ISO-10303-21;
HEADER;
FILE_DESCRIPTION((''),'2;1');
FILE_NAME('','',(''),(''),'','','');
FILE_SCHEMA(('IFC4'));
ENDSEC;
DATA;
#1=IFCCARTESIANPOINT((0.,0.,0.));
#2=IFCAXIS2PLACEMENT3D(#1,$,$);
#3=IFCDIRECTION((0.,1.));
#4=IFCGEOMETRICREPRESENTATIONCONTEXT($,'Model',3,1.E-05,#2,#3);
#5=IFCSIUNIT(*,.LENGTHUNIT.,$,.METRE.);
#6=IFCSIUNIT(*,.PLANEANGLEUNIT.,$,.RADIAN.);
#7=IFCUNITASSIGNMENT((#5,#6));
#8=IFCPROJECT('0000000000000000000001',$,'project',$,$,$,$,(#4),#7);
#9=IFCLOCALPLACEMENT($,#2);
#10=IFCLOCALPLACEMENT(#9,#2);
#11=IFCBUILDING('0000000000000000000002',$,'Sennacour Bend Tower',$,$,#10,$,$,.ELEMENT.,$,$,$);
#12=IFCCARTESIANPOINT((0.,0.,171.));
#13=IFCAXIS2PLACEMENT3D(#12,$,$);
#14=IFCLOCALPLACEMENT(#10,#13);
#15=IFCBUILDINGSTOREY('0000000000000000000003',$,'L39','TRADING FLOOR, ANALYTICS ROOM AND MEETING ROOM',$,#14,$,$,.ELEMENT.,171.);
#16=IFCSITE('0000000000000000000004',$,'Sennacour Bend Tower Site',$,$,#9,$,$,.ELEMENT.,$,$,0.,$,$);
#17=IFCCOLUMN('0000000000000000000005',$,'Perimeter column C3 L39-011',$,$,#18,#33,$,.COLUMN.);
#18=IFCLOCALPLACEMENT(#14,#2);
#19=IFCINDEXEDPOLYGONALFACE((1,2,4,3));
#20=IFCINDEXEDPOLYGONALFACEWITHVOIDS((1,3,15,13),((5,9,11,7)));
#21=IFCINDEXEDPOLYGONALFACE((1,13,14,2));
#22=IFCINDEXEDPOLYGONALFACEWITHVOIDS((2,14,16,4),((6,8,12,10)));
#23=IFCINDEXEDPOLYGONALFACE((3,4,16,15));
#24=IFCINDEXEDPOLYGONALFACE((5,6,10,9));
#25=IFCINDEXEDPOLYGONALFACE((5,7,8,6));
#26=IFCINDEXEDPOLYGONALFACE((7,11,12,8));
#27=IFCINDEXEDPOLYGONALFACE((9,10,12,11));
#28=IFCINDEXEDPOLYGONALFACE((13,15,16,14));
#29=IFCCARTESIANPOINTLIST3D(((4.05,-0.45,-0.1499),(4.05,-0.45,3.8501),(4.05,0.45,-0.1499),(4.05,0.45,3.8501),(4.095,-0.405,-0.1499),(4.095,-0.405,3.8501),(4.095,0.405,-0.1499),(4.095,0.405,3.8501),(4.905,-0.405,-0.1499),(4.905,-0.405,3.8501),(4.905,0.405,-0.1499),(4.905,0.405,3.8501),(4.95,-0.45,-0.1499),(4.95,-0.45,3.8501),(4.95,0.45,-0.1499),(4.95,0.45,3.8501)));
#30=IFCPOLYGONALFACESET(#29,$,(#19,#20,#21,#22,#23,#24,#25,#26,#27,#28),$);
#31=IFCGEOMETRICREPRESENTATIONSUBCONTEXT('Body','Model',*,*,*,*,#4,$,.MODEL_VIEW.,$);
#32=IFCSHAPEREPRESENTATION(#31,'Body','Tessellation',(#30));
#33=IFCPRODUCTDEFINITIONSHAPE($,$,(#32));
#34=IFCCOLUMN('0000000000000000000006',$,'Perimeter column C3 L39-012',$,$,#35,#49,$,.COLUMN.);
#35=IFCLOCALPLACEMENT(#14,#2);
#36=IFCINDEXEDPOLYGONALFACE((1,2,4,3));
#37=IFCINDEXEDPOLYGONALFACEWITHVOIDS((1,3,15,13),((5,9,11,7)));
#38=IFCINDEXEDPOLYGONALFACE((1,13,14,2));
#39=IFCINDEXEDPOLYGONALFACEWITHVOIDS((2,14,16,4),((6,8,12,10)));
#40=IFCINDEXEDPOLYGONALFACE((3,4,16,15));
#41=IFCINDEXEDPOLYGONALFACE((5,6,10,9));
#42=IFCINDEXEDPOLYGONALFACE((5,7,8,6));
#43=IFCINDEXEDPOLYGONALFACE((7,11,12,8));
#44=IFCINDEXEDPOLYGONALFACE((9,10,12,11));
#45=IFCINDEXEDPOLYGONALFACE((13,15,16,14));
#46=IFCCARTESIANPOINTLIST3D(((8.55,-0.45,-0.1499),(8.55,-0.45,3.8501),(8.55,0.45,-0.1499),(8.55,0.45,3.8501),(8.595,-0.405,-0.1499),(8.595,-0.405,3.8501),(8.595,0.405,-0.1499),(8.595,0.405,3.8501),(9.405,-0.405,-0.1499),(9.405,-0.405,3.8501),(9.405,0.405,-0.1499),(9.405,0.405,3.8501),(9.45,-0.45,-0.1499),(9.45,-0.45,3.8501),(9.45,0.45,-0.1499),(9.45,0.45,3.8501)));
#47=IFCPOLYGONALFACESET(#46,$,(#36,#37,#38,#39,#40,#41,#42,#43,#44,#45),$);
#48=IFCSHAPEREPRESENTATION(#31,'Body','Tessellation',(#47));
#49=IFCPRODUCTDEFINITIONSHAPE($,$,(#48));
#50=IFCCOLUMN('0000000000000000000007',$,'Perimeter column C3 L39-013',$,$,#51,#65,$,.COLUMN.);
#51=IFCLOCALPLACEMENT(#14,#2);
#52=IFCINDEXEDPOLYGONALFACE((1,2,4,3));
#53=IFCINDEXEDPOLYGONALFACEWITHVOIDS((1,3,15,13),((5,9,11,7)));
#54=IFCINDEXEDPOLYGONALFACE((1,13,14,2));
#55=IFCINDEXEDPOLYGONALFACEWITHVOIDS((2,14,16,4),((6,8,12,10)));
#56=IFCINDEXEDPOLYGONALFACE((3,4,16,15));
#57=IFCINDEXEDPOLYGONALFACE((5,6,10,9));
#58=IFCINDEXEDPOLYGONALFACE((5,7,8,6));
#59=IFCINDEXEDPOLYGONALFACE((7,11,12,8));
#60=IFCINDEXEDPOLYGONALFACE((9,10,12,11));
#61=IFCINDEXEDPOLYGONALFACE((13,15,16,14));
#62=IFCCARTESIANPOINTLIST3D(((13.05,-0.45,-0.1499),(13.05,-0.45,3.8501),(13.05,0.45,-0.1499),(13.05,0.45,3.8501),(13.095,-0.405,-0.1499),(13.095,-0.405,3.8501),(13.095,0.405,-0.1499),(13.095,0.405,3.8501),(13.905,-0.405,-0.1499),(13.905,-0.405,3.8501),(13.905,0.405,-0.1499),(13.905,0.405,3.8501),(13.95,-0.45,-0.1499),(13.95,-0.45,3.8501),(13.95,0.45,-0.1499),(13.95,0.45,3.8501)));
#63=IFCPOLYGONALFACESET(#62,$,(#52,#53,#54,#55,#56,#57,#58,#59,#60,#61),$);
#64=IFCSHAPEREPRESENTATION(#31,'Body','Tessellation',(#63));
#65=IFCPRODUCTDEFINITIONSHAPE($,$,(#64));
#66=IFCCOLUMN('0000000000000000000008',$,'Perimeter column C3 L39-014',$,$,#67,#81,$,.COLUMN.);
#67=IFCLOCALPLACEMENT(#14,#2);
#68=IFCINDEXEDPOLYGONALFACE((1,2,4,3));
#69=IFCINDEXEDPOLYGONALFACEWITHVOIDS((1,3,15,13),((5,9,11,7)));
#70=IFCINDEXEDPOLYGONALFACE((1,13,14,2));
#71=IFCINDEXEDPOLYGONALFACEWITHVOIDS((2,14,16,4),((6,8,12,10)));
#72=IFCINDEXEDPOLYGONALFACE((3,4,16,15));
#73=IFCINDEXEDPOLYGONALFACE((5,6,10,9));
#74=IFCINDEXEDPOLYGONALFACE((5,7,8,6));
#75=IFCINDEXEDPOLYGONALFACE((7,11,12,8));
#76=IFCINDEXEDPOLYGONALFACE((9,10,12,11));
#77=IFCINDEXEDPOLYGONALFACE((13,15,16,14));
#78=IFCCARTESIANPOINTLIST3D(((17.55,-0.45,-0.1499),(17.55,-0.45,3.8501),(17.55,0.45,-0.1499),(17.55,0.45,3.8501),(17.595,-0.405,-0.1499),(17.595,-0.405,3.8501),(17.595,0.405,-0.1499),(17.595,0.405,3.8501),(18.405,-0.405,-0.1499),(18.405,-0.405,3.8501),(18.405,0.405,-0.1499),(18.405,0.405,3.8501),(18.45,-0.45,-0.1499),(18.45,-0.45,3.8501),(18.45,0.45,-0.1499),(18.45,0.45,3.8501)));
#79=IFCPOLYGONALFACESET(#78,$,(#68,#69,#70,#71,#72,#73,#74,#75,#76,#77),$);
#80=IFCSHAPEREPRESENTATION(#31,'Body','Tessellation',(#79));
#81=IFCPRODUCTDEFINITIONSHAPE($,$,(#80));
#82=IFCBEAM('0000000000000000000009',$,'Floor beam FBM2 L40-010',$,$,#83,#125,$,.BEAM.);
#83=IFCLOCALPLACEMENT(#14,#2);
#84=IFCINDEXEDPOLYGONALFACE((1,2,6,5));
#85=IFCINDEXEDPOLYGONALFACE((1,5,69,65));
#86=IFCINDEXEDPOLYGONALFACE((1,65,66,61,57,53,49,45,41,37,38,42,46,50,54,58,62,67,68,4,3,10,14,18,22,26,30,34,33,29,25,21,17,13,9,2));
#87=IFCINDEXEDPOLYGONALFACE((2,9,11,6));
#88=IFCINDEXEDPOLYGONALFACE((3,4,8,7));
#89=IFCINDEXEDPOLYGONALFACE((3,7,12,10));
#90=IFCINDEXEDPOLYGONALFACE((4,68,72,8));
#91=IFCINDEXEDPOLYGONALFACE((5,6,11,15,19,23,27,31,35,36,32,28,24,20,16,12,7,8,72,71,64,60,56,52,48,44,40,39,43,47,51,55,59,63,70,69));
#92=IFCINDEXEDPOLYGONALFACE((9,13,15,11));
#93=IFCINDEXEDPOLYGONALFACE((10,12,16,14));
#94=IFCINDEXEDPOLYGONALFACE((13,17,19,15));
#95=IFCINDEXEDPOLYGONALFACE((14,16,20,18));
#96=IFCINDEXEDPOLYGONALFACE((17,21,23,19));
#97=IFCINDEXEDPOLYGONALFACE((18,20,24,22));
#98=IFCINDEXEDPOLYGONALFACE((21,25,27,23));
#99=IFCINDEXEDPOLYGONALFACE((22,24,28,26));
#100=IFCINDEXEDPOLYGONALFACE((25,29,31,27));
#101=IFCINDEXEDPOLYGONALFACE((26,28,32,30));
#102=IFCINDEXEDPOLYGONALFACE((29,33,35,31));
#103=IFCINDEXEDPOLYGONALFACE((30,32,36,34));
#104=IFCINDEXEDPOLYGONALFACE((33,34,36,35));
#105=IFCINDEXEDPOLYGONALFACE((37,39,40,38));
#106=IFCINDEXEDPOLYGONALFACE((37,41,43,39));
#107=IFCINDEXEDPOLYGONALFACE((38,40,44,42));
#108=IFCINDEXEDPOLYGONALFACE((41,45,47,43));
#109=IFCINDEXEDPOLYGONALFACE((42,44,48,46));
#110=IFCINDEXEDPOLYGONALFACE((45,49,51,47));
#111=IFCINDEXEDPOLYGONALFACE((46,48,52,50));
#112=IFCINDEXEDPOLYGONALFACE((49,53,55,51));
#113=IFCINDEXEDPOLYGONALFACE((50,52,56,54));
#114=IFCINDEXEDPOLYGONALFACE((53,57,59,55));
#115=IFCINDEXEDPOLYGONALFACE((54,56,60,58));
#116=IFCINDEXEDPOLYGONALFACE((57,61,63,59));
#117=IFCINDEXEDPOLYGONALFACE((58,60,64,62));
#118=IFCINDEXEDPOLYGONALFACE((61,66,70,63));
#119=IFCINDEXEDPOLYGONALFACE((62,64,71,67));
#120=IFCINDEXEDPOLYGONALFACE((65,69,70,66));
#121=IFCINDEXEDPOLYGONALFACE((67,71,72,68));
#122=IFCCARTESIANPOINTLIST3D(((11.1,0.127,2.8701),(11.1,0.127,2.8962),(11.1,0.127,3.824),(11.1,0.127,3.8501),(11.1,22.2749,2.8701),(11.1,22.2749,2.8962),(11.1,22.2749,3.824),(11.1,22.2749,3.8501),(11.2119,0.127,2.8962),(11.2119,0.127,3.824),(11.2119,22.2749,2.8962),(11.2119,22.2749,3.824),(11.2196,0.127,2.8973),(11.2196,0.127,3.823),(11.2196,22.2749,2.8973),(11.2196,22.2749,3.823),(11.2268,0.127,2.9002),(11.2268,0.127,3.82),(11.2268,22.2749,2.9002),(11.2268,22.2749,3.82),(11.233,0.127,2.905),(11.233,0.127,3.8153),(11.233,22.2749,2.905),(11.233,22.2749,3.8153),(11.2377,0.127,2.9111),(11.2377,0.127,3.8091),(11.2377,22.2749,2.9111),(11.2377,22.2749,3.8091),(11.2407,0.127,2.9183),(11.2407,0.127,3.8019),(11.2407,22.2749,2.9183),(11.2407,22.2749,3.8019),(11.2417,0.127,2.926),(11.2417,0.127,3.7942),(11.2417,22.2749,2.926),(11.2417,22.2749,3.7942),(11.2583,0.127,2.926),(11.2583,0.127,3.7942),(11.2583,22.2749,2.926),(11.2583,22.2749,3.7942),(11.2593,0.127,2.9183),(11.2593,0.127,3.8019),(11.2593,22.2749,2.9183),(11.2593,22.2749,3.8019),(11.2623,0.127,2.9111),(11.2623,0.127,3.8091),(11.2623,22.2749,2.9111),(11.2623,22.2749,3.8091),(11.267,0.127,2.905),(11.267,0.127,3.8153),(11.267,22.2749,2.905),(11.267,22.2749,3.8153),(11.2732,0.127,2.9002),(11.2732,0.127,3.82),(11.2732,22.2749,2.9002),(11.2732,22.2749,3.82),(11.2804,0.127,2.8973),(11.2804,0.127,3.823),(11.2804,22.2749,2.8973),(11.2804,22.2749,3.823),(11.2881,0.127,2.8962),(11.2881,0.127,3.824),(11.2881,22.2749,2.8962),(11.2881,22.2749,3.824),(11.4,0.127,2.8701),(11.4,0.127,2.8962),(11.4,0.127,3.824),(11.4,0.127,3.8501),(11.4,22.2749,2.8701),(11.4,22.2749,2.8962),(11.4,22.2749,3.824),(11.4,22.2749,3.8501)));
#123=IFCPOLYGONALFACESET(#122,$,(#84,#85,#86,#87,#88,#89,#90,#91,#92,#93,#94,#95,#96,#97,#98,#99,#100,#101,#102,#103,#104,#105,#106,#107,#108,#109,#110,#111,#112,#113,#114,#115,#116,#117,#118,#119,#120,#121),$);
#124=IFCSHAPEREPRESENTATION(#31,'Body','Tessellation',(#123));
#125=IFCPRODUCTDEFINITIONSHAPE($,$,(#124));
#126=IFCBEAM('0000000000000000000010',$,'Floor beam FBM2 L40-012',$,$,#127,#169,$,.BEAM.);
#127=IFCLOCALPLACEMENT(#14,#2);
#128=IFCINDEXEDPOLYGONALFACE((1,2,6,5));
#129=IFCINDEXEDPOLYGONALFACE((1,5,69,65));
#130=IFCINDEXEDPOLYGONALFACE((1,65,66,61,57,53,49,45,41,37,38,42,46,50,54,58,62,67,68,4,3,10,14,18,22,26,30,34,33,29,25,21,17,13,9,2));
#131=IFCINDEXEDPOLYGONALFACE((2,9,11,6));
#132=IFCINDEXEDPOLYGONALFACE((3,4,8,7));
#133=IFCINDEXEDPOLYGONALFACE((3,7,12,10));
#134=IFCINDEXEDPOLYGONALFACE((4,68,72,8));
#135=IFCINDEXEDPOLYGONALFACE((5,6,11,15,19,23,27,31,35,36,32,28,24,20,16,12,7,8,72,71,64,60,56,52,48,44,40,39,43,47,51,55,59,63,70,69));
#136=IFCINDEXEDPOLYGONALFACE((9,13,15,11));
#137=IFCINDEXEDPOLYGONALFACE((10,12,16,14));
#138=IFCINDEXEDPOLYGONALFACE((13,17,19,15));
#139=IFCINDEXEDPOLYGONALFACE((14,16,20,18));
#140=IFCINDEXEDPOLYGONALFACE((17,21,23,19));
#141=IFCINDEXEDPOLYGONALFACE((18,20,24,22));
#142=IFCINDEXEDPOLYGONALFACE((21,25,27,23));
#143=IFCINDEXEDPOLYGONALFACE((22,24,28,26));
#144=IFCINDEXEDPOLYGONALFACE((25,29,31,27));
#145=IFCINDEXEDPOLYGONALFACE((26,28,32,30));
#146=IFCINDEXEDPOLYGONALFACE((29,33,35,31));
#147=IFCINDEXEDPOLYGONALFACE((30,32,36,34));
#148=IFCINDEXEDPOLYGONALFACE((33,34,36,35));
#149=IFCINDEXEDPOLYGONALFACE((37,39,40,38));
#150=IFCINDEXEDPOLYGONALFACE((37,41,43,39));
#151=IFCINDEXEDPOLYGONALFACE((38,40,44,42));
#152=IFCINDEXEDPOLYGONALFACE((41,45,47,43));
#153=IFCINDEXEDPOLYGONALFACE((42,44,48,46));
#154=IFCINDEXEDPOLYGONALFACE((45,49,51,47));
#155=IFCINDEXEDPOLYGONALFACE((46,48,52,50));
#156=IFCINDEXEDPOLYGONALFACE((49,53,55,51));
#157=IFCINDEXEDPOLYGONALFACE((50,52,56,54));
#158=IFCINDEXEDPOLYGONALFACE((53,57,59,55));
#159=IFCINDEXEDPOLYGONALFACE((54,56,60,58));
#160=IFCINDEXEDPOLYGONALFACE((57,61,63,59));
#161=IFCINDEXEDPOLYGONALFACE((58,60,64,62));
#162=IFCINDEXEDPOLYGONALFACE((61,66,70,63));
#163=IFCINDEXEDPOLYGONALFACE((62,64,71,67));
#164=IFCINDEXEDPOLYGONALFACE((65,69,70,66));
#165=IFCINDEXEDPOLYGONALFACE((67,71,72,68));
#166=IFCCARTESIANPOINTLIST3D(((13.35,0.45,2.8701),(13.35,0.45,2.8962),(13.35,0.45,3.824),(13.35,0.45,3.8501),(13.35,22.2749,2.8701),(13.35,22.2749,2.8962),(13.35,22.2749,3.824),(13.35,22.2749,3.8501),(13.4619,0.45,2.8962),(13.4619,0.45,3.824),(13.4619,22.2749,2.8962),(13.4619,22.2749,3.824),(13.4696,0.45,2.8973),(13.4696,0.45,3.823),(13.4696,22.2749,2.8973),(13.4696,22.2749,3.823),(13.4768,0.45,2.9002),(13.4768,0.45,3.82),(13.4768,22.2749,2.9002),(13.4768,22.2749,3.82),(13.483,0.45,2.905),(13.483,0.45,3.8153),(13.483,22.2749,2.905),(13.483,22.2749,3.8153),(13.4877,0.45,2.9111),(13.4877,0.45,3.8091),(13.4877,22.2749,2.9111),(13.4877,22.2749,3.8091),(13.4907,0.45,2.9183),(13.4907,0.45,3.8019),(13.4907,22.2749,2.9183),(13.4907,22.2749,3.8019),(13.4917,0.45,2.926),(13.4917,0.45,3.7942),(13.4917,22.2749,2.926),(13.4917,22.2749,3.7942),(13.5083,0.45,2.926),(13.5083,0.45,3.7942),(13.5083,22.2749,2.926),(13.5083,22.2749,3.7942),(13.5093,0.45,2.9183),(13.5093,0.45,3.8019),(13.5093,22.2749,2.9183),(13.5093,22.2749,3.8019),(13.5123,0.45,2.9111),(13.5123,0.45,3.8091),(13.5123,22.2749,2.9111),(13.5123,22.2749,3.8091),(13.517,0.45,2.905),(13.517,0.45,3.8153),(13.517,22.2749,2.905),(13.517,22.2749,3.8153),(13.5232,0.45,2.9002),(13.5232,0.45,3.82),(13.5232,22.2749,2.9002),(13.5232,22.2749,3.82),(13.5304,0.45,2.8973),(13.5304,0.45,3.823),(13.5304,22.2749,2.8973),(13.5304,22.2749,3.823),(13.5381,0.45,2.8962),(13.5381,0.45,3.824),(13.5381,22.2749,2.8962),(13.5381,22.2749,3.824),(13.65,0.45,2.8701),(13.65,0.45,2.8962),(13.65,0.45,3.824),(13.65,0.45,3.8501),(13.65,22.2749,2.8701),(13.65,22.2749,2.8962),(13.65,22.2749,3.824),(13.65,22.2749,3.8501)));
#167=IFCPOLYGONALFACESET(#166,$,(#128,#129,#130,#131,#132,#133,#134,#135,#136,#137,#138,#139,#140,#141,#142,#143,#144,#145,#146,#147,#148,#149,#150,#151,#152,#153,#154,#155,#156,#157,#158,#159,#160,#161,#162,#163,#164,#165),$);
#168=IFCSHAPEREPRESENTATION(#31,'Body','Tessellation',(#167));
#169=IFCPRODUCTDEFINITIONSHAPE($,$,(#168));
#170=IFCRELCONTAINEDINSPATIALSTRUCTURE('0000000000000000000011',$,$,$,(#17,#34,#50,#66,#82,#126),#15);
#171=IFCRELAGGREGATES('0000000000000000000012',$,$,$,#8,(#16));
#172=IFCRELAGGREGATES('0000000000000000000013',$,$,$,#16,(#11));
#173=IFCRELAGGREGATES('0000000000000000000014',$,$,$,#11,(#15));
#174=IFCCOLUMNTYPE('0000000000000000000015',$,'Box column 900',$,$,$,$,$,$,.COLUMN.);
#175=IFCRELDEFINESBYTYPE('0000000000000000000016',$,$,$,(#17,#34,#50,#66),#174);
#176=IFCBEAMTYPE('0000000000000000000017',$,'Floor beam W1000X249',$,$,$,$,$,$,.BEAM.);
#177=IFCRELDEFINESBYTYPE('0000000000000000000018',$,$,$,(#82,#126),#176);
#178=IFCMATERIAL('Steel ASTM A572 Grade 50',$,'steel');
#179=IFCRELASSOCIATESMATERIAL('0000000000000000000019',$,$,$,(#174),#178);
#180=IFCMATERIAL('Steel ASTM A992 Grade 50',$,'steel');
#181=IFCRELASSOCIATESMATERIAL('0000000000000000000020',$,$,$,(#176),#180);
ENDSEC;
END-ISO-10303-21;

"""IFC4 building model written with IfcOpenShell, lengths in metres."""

from ifc_helpers import new_model, si_unit, direction, frame, origin, origin_2d, place, context, subcontext, project, spatial, hollow_rectangle, i_section, extrude, material, material_profile, profile_set, type_object, element, save


model = new_model("IFC4")

# Units and contexts
model_context = context("Model", 3, precision=1e-05, world=origin(), true_north=direction((0.0, 1.0)))
body_context = subcontext(model_context, "Body", "Model", "MODEL_VIEW")
ifc_project = project(units=[si_unit("LENGTHUNIT", "METRE"), si_unit("PLANEANGLEUNIT", "RADIAN")], contexts=[model_context])

# Site, building, storey
site_placement = place(None, origin())
site = spatial("IfcSite", under=ifc_project, at=site_placement, Name="Sennacour Bend Tower Site", CompositionType="ELEMENT", RefElevation=0.0)
building_placement = place(site_placement, origin())
building = spatial("IfcBuilding", under=site, at=building_placement, Name="Sennacour Bend Tower", CompositionType="ELEMENT")
storey_placement = place(building_placement, frame((0.0, 0.0, 171.0)))
storey = spatial("IfcBuildingStorey", under=building, at=storey_placement, Name="L39", Description="TRADING FLOOR, ANALYTICS ROOM AND MEETING ROOM", CompositionType="ELEMENT", Elevation=171.0)

# Columns
ifc_material_1 = material(Name="Steel ASTM A572 Grade 50", Category="steel")
ifc_material_profile_1 = material_profile(ifc_material_1, hollow_rectangle(XDim=0.8999, YDim=0.8999, WallThickness=0.0449, at=origin_2d()), Name="Steel ASTM A572 Grade 50", Category="steel")
ifc_profile_set_1 = profile_set([ifc_material_profile_1], Name="Steel ASTM A572 Grade 50")
column_type = type_object("IfcColumnType", Name="Box column 900", PredefinedType="COLUMN", material=ifc_profile_set_1)
for number, where, z_axis, x_axis, name in (
    (1, (4.5, 0.0, -0.1499), (0.0, 0.0, 1.0), (1.0, 0.0, 0.0), "Perimeter column C3 L39-011"),
    (2, (9.0, 0.0, -0.1499), (0.0, 0.0, 1.0), (1.0, 0.0, 0.0), "Perimeter column C3 L39-012"),
    (3, (13.5, 0.0, -0.1499), (0.0, 0.0, 1.0), (1.0, 0.0, 0.0), "Perimeter column C3 L39-013"),
    (4, (18.0, 0.0, -0.1499), (0.0, 0.0, 1.0), (1.0, 0.0, 0.0), "Perimeter column C3 L39-014"),
):
    element("IfcColumn", number, at=place(storey_placement, frame(where, z_axis=z_axis, x_axis=x_axis)), inside=storey, type_object=column_type, Name=name, PredefinedType="COLUMN", context=body_context, shape_type="SweptSolid", body=[
        extrude(hollow_rectangle(XDim=0.8999, YDim=0.8999, WallThickness=0.0449, at=origin_2d()), origin(), (0.0, 0.0, 1.0), 4.0),
    ])

# Beams
ifc_material_2 = material(Name="Steel ASTM A992 Grade 50", Category="steel")
ifc_material_profile_2 = material_profile(ifc_material_2, i_section(OverallWidth=0.3, OverallDepth=0.98, WebThickness=0.0166, FlangeThickness=0.0261, FilletRadius=0.0298, at=origin_2d()), Name="Steel ASTM A992 Grade 50", Category="steel")
ifc_profile_set_2 = profile_set([ifc_material_profile_2], Name="Steel ASTM A992 Grade 50")
beam_type_1 = type_object("IfcBeamType", Name="Floor beam W1000X249", PredefinedType="BEAM", material=ifc_profile_set_2)
beam_1_placement = place(storey_placement, frame((11.25, 0.127, 3.3601), z_axis=(0.0, 1.0, 0.0), x_axis=(-1.0, 0.0, 0.0)))
element("IfcBeam", 5, at=beam_1_placement, inside=storey, type_object=beam_type_1, Name="Floor beam FBM2 L40-010", PredefinedType="BEAM", context=body_context, shape_type="SweptSolid", body=[
    extrude(i_section(OverallWidth=0.3, OverallDepth=0.98, WebThickness=0.0166, FlangeThickness=0.0261, FilletRadius=0.0298, at=origin_2d()), origin(), (0.0, 0.0, 1.0), 22.1479),
])
beam_2_placement = place(storey_placement, frame((13.5, 0.45, 3.3601), z_axis=(0.0, 1.0, 0.0), x_axis=(-1.0, 0.0, 0.0)))
element("IfcBeam", 6, at=beam_2_placement, inside=storey, type_object=beam_type_1, Name="Floor beam FBM2 L40-012", PredefinedType="BEAM", context=body_context, shape_type="SweptSolid", body=[
    extrude(i_section(OverallWidth=0.3, OverallDepth=0.98, WebThickness=0.0166, FlangeThickness=0.0261, FilletRadius=0.0298, at=origin_2d()), origin(), (0.0, 0.0, 1.0), 21.825),
])

save(model, "model.ifc")
